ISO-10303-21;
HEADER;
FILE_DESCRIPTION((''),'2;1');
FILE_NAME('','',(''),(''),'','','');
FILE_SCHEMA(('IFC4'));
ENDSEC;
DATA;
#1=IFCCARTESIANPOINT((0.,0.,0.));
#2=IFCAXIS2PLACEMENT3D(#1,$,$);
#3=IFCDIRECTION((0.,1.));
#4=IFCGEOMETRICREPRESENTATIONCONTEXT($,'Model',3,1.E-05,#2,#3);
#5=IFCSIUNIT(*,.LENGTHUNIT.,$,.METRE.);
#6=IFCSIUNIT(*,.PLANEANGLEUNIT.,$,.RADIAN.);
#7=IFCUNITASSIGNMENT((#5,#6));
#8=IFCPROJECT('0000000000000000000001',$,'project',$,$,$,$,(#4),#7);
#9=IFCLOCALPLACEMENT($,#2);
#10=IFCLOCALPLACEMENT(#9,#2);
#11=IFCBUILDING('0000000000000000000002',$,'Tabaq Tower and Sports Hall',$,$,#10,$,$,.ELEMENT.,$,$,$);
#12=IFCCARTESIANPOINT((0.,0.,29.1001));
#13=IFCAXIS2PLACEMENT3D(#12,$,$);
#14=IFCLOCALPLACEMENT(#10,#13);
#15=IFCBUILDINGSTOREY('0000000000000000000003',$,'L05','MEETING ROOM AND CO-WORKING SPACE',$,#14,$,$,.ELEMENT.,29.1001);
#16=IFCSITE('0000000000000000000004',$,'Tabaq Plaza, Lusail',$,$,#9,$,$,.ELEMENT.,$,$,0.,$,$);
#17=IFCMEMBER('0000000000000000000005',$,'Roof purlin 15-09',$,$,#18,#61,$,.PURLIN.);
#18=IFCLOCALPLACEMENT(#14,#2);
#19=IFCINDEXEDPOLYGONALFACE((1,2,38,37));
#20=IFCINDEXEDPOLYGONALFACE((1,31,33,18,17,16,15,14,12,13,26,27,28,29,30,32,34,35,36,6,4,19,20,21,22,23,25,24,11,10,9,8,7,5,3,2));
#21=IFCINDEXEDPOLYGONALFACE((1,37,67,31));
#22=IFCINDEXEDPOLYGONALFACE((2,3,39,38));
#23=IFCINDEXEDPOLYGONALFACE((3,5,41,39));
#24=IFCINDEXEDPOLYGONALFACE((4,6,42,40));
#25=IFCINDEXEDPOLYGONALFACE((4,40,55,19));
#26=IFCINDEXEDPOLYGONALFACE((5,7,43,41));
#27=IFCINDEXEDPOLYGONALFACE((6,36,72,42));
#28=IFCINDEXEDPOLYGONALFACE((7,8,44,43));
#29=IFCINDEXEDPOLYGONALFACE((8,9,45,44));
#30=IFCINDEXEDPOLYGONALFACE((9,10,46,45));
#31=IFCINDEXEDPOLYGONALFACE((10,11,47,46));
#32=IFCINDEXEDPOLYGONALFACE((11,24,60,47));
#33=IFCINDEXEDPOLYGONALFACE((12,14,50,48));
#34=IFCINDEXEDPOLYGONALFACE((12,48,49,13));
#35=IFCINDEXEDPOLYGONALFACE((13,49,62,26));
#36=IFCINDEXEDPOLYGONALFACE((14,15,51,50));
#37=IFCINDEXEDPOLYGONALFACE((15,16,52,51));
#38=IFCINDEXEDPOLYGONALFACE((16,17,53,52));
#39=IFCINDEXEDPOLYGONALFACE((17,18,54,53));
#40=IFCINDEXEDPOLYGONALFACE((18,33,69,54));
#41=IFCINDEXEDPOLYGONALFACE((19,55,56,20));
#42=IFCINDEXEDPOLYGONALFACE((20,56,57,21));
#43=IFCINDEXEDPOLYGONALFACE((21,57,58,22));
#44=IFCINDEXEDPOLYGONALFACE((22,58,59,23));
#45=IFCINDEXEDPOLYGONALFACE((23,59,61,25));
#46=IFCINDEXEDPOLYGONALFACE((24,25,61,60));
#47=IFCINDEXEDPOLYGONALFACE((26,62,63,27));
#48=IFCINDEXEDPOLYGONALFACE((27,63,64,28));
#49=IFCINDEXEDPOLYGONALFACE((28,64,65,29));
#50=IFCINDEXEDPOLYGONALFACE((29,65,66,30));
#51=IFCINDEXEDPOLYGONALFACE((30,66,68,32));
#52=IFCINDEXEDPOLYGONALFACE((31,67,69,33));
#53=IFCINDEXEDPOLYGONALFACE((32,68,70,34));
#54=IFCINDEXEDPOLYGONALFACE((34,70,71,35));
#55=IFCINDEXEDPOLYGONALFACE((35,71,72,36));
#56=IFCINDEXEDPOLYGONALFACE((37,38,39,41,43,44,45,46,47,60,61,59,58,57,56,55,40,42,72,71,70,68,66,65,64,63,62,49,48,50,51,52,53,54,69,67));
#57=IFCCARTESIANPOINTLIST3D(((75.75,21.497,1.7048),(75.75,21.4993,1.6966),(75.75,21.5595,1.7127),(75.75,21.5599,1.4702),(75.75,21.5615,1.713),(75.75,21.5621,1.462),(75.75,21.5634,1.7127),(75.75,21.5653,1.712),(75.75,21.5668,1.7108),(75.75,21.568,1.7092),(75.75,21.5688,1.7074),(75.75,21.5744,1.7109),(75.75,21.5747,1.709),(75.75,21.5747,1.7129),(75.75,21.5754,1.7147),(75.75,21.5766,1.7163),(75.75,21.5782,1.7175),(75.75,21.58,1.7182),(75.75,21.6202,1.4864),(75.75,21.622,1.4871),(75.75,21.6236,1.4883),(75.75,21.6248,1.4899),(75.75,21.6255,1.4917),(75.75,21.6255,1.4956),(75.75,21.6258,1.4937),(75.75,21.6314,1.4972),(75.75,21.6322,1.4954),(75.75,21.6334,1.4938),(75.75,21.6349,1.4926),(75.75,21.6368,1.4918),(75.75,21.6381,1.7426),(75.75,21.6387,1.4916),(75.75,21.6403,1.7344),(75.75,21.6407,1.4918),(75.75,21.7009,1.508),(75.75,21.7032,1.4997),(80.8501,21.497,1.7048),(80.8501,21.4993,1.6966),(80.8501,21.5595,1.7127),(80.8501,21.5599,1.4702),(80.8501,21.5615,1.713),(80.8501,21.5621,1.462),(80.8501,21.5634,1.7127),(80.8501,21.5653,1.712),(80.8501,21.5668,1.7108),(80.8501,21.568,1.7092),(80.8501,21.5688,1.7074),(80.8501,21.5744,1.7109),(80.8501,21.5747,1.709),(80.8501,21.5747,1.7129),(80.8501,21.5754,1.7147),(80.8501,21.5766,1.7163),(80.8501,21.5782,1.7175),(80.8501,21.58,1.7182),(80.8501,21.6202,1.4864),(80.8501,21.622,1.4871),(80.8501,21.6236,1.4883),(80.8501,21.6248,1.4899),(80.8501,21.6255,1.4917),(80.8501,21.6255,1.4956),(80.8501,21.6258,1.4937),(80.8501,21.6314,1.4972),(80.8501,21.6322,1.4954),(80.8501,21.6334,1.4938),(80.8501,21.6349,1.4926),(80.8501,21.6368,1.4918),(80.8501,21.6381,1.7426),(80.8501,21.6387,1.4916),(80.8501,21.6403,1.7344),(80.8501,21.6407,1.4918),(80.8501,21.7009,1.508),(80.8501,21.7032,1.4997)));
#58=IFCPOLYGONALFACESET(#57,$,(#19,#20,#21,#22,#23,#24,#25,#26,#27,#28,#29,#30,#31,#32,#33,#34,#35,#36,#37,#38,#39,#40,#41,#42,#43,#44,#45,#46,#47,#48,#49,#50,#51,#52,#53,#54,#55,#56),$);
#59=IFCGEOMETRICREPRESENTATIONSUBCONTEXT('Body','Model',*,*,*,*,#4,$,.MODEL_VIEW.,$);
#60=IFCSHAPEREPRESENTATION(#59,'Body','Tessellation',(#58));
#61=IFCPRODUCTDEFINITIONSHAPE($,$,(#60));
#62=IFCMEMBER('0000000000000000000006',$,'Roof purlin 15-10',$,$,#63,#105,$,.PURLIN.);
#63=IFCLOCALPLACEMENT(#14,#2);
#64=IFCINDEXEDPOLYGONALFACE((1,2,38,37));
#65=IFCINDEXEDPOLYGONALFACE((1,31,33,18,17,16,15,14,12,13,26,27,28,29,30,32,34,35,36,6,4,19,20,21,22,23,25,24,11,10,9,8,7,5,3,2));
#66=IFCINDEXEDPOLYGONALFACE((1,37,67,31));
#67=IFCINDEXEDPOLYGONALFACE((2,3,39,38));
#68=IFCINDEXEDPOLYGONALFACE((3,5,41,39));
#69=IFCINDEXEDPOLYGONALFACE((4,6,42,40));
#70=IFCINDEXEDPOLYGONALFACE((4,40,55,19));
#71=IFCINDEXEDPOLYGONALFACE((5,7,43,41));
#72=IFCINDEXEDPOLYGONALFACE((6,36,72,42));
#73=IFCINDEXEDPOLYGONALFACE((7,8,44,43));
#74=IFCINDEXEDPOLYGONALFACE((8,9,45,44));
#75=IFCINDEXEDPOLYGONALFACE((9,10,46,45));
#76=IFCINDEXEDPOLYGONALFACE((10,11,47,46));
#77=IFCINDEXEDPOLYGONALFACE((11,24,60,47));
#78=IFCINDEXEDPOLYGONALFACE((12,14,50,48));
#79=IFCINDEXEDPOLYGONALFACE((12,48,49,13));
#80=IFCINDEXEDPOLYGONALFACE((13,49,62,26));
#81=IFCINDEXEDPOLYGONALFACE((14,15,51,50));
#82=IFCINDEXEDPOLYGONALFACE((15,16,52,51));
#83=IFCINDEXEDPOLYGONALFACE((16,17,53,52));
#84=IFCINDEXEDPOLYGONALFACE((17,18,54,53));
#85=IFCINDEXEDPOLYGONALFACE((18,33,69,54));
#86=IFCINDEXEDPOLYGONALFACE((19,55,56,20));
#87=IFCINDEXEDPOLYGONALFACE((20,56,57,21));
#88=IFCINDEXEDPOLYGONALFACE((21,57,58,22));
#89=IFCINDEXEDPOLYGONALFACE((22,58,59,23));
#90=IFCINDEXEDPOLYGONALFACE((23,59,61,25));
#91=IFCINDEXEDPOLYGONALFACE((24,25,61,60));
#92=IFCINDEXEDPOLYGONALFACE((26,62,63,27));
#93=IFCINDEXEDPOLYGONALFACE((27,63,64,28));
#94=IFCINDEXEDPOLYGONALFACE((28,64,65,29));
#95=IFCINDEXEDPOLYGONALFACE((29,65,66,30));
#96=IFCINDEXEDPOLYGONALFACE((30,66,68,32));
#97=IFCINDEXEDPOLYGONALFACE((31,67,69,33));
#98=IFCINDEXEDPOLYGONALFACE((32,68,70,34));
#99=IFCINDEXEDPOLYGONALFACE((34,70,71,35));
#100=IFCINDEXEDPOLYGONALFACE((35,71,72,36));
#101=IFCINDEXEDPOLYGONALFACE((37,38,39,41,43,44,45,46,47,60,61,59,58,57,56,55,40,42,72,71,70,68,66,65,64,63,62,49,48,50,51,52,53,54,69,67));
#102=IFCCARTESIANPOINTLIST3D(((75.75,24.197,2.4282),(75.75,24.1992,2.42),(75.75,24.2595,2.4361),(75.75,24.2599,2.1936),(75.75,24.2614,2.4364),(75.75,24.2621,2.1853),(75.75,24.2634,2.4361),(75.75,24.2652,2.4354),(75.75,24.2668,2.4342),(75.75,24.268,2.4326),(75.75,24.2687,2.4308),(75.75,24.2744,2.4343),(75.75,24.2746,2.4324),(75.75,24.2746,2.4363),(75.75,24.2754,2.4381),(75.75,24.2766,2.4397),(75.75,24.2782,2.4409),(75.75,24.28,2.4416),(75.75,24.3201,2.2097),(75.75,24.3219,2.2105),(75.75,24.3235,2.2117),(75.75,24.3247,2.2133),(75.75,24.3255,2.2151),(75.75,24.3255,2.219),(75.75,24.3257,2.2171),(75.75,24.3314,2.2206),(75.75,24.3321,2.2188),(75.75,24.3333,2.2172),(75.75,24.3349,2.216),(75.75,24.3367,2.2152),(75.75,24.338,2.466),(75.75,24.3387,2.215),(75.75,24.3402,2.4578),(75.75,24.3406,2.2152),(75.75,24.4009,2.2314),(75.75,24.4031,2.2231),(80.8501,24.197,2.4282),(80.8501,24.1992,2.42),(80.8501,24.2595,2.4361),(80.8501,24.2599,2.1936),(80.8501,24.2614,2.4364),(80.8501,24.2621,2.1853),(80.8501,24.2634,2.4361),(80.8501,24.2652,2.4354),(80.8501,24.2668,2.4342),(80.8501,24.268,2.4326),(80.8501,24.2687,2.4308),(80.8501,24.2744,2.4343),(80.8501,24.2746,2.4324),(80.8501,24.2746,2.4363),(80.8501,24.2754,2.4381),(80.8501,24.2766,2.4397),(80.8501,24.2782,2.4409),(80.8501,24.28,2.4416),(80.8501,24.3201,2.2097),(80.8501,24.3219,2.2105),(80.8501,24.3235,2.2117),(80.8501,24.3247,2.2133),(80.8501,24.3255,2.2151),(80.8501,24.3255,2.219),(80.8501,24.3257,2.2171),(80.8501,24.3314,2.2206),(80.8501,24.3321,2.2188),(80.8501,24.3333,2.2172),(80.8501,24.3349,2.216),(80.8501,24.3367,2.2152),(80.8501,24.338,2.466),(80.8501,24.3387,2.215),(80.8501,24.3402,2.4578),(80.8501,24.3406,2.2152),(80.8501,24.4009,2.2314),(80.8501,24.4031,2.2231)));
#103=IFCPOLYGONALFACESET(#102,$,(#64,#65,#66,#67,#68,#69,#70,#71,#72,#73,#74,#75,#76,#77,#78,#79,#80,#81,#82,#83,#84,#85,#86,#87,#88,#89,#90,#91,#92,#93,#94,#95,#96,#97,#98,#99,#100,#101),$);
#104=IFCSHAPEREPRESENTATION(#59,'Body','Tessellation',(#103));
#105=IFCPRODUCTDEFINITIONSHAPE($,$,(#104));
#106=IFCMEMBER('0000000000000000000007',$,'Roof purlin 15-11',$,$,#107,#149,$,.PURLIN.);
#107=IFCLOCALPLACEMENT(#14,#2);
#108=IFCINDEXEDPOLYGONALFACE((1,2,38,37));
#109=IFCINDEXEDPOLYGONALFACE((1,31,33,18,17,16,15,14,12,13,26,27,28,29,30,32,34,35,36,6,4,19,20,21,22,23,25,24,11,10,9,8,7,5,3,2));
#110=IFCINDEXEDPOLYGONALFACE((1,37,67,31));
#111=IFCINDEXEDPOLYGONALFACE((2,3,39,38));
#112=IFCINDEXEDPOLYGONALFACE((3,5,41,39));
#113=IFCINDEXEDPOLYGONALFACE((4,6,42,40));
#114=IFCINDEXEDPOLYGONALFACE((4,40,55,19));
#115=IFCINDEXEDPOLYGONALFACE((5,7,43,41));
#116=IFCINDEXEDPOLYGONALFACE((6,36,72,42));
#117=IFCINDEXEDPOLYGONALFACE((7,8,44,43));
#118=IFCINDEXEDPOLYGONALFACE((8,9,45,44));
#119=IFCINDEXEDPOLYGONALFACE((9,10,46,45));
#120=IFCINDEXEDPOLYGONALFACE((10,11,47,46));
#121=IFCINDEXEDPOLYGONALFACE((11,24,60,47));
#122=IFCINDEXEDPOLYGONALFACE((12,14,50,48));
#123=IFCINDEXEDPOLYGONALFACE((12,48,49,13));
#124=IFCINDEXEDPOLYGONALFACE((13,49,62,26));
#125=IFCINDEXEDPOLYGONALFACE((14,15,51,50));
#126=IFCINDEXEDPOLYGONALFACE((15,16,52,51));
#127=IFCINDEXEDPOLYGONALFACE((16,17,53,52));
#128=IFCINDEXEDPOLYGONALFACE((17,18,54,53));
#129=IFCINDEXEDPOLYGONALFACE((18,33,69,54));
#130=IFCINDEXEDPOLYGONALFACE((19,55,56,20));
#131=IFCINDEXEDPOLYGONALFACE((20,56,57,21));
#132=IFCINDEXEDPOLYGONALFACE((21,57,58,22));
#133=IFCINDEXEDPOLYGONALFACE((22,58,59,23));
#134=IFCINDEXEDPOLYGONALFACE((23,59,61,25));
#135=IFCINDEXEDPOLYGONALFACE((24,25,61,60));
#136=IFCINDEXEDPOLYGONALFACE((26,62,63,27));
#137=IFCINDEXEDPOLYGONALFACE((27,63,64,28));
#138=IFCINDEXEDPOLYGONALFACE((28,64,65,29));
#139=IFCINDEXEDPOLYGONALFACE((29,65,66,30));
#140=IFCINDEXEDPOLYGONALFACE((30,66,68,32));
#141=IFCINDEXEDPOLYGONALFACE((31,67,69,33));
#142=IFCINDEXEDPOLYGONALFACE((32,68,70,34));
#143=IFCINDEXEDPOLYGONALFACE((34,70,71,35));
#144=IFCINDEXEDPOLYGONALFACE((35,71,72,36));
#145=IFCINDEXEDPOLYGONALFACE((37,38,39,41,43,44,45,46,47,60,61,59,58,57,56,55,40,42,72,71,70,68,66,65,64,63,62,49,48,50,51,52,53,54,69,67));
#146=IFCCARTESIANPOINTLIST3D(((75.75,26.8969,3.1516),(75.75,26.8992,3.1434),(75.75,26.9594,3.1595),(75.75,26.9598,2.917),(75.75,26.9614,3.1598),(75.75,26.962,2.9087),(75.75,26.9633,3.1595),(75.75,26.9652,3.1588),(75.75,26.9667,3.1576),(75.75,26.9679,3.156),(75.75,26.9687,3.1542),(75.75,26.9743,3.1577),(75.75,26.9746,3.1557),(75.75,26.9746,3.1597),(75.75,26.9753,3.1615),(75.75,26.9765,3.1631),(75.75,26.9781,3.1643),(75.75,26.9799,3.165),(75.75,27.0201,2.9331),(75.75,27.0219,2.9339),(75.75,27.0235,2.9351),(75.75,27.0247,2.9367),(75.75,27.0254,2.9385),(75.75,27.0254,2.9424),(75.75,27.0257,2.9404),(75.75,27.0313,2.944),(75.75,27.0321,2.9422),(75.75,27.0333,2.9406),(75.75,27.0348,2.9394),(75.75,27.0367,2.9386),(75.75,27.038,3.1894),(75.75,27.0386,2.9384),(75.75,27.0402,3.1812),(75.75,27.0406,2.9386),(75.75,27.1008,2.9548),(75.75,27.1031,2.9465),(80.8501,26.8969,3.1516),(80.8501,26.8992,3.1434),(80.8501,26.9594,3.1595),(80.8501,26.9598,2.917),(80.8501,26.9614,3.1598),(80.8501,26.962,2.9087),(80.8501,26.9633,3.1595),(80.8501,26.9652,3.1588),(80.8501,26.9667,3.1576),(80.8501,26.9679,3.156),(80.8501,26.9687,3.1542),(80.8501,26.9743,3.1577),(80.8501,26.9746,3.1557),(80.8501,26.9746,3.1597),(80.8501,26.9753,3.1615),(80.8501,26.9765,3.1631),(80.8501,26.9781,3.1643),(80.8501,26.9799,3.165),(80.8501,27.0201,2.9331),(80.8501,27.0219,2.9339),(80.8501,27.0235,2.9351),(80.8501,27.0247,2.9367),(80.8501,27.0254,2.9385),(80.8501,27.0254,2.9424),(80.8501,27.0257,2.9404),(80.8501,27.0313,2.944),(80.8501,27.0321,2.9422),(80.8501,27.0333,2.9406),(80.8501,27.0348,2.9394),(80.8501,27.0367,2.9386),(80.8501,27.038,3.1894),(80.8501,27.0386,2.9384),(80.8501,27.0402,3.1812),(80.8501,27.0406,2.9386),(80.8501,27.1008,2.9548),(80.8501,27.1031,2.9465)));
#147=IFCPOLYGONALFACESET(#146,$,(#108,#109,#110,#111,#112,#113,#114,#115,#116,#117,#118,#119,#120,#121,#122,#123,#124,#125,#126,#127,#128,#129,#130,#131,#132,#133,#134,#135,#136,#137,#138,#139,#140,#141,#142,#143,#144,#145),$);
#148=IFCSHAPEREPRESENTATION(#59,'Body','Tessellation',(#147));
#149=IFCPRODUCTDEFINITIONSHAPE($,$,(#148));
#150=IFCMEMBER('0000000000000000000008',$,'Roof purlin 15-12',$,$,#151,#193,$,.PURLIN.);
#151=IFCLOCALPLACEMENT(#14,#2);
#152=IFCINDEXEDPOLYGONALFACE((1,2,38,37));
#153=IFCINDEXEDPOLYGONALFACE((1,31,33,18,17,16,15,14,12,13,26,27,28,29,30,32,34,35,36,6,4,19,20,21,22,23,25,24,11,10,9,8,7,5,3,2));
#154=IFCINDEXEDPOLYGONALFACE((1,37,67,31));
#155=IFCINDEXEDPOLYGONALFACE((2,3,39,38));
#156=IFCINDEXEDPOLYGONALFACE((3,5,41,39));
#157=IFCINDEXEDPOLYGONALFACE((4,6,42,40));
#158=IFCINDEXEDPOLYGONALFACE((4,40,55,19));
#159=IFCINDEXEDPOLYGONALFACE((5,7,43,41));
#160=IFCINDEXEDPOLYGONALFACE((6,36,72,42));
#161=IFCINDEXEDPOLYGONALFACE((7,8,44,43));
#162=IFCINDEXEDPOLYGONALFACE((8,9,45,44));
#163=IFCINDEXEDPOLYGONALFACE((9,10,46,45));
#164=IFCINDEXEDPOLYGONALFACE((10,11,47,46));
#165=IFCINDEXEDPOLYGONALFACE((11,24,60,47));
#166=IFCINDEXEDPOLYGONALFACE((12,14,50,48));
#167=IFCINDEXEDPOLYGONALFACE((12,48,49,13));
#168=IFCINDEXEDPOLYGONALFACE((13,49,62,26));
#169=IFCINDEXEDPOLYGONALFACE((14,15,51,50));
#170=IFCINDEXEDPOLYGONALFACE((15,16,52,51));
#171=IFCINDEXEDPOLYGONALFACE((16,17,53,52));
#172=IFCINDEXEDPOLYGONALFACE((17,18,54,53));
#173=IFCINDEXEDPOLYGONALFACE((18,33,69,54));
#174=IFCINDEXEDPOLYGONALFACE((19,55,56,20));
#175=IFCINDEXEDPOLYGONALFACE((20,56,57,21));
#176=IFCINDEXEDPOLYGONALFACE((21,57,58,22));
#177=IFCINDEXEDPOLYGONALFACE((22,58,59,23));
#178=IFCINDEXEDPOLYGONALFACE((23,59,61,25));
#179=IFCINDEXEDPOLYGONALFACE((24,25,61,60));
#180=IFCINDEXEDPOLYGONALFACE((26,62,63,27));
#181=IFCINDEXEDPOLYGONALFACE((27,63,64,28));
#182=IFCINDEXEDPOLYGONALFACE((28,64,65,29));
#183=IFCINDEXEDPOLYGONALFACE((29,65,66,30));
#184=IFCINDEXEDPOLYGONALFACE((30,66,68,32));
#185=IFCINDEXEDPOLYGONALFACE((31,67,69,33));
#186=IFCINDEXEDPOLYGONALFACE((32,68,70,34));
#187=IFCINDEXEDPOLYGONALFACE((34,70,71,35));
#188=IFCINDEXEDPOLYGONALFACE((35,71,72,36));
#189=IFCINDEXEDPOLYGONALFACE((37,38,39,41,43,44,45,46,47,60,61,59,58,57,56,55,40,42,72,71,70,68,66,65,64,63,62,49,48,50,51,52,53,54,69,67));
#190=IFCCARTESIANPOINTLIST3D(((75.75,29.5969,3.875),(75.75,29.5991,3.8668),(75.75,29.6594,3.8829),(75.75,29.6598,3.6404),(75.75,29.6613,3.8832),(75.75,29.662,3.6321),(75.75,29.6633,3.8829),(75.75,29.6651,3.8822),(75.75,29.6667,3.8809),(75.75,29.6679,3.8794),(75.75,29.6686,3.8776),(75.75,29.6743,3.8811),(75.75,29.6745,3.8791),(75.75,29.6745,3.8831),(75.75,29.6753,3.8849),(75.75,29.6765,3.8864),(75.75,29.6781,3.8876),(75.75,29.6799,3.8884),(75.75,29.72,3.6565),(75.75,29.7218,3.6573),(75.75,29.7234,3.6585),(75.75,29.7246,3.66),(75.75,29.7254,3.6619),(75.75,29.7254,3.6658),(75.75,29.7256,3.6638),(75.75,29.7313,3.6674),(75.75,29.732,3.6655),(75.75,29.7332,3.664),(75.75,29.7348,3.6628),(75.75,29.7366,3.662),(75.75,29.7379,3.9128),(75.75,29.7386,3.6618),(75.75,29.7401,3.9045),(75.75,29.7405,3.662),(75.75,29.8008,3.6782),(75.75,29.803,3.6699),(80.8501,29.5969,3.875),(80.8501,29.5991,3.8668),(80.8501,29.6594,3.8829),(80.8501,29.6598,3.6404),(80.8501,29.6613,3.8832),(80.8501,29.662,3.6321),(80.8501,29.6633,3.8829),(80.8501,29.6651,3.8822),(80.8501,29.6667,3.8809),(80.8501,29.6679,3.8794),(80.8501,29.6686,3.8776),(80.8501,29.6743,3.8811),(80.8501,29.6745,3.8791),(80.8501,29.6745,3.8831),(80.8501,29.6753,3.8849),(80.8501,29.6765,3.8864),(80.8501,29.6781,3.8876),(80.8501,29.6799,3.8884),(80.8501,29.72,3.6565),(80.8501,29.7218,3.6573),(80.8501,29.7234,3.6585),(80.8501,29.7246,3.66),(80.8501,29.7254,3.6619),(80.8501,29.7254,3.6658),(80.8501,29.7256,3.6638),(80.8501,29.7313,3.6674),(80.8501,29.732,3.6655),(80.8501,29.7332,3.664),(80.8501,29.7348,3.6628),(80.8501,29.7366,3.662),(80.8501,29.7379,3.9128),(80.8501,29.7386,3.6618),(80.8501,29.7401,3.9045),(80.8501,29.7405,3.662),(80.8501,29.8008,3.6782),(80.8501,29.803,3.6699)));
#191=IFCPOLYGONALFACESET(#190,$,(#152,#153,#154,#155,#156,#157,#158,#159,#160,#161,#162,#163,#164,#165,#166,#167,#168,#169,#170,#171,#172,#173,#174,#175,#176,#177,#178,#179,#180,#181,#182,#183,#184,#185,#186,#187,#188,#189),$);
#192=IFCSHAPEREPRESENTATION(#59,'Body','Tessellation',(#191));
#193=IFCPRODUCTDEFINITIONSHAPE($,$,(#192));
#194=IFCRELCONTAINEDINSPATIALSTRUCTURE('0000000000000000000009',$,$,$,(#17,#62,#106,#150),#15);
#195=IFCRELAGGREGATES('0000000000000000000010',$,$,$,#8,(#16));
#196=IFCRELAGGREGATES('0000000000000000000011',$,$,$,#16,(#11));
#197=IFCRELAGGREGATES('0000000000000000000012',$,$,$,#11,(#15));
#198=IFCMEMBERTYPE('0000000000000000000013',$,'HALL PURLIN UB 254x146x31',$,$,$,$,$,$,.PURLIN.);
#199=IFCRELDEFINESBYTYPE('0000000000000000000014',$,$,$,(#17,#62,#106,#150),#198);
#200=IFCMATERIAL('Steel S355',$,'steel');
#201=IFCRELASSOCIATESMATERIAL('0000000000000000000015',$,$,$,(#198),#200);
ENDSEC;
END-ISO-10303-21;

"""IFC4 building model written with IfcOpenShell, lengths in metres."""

from ifc_helpers import new_model, si_unit, direction, frame, origin, origin_2d, place, context, subcontext, project, spatial, i_section, extrude, material, material_profile, profile_set, type_object, element, save


model = new_model("IFC4")

# Units and contexts
model_context = context("Model", 3, precision=1e-05, world=origin(), true_north=direction((0.0, 1.0)))
body_context = subcontext(model_context, "Body", "Model", "MODEL_VIEW")
ifc_project = project(units=[si_unit("LENGTHUNIT", "METRE"), si_unit("PLANEANGLEUNIT", "RADIAN")], contexts=[model_context])

# Site, building, storey
site_placement = place(None, origin())
site = spatial("IfcSite", under=ifc_project, at=site_placement, Name="Tabaq Plaza, Lusail", CompositionType="ELEMENT", RefElevation=0.0)
building_placement = place(site_placement, origin())
building = spatial("IfcBuilding", under=site, at=building_placement, Name="Tabaq Tower and Sports Hall", CompositionType="ELEMENT")
storey_placement = place(building_placement, frame((0.0, 0.0, 29.1001)))
storey = spatial("IfcBuildingStorey", under=building, at=storey_placement, Name="L05", Description="MEETING ROOM AND CO-WORKING SPACE", CompositionType="ELEMENT", Elevation=29.1001)

# Members
ifc_material_1 = material(Name="Steel S355", Category="steel")
ifc_material_profile_1 = material_profile(ifc_material_1, i_section(OverallWidth=0.146, OverallDepth=0.2515, WebThickness=0.0061, FlangeThickness=0.0085, FilletRadius=0.0076, at=origin_2d()), Name="UB 254x146x31")
ifc_profile_set_1 = profile_set([ifc_material_profile_1], Name="Steel S355")
member_type_1 = type_object("IfcMemberType", Name="HALL PURLIN UB 254x146x31", PredefinedType="PURLIN", material=ifc_profile_set_1)
for number, where, z_axis, x_axis, name in (
    (1, (75.75, 21.6001, 1.6023), (1.0, 0.0, 0.0), (0.0, 0.965926, 0.258819), "Roof purlin 15-09"),
    (2, (75.75, 24.3, 2.3257), (1.0, 0.0, 0.0), (0.0, 0.965926, 0.258819), "Roof purlin 15-10"),
    (3, (75.75, 27.0, 3.0491), (1.0, 0.0, 0.0), (0.0, 0.965926, 0.258819), "Roof purlin 15-11"),
    (4, (75.75, 29.7, 3.7725), (1.0, 0.0, 0.0), (0.0, 0.965926, 0.258819), "Roof purlin 15-12"),
):
    element("IfcMember", number, at=place(storey_placement, frame(where, z_axis=z_axis, x_axis=x_axis)), inside=storey, type_object=member_type_1, Name=name, PredefinedType="PURLIN", context=body_context, shape_type="SweptSolid", body=[
        extrude(i_section(OverallWidth=0.146, OverallDepth=0.2515, WebThickness=0.0061, FlangeThickness=0.0085, FilletRadius=0.0076, at=origin_2d()), origin(), (0.0, 0.0, 1.0), 5.1001),
    ])

save(model, "model.ifc")
